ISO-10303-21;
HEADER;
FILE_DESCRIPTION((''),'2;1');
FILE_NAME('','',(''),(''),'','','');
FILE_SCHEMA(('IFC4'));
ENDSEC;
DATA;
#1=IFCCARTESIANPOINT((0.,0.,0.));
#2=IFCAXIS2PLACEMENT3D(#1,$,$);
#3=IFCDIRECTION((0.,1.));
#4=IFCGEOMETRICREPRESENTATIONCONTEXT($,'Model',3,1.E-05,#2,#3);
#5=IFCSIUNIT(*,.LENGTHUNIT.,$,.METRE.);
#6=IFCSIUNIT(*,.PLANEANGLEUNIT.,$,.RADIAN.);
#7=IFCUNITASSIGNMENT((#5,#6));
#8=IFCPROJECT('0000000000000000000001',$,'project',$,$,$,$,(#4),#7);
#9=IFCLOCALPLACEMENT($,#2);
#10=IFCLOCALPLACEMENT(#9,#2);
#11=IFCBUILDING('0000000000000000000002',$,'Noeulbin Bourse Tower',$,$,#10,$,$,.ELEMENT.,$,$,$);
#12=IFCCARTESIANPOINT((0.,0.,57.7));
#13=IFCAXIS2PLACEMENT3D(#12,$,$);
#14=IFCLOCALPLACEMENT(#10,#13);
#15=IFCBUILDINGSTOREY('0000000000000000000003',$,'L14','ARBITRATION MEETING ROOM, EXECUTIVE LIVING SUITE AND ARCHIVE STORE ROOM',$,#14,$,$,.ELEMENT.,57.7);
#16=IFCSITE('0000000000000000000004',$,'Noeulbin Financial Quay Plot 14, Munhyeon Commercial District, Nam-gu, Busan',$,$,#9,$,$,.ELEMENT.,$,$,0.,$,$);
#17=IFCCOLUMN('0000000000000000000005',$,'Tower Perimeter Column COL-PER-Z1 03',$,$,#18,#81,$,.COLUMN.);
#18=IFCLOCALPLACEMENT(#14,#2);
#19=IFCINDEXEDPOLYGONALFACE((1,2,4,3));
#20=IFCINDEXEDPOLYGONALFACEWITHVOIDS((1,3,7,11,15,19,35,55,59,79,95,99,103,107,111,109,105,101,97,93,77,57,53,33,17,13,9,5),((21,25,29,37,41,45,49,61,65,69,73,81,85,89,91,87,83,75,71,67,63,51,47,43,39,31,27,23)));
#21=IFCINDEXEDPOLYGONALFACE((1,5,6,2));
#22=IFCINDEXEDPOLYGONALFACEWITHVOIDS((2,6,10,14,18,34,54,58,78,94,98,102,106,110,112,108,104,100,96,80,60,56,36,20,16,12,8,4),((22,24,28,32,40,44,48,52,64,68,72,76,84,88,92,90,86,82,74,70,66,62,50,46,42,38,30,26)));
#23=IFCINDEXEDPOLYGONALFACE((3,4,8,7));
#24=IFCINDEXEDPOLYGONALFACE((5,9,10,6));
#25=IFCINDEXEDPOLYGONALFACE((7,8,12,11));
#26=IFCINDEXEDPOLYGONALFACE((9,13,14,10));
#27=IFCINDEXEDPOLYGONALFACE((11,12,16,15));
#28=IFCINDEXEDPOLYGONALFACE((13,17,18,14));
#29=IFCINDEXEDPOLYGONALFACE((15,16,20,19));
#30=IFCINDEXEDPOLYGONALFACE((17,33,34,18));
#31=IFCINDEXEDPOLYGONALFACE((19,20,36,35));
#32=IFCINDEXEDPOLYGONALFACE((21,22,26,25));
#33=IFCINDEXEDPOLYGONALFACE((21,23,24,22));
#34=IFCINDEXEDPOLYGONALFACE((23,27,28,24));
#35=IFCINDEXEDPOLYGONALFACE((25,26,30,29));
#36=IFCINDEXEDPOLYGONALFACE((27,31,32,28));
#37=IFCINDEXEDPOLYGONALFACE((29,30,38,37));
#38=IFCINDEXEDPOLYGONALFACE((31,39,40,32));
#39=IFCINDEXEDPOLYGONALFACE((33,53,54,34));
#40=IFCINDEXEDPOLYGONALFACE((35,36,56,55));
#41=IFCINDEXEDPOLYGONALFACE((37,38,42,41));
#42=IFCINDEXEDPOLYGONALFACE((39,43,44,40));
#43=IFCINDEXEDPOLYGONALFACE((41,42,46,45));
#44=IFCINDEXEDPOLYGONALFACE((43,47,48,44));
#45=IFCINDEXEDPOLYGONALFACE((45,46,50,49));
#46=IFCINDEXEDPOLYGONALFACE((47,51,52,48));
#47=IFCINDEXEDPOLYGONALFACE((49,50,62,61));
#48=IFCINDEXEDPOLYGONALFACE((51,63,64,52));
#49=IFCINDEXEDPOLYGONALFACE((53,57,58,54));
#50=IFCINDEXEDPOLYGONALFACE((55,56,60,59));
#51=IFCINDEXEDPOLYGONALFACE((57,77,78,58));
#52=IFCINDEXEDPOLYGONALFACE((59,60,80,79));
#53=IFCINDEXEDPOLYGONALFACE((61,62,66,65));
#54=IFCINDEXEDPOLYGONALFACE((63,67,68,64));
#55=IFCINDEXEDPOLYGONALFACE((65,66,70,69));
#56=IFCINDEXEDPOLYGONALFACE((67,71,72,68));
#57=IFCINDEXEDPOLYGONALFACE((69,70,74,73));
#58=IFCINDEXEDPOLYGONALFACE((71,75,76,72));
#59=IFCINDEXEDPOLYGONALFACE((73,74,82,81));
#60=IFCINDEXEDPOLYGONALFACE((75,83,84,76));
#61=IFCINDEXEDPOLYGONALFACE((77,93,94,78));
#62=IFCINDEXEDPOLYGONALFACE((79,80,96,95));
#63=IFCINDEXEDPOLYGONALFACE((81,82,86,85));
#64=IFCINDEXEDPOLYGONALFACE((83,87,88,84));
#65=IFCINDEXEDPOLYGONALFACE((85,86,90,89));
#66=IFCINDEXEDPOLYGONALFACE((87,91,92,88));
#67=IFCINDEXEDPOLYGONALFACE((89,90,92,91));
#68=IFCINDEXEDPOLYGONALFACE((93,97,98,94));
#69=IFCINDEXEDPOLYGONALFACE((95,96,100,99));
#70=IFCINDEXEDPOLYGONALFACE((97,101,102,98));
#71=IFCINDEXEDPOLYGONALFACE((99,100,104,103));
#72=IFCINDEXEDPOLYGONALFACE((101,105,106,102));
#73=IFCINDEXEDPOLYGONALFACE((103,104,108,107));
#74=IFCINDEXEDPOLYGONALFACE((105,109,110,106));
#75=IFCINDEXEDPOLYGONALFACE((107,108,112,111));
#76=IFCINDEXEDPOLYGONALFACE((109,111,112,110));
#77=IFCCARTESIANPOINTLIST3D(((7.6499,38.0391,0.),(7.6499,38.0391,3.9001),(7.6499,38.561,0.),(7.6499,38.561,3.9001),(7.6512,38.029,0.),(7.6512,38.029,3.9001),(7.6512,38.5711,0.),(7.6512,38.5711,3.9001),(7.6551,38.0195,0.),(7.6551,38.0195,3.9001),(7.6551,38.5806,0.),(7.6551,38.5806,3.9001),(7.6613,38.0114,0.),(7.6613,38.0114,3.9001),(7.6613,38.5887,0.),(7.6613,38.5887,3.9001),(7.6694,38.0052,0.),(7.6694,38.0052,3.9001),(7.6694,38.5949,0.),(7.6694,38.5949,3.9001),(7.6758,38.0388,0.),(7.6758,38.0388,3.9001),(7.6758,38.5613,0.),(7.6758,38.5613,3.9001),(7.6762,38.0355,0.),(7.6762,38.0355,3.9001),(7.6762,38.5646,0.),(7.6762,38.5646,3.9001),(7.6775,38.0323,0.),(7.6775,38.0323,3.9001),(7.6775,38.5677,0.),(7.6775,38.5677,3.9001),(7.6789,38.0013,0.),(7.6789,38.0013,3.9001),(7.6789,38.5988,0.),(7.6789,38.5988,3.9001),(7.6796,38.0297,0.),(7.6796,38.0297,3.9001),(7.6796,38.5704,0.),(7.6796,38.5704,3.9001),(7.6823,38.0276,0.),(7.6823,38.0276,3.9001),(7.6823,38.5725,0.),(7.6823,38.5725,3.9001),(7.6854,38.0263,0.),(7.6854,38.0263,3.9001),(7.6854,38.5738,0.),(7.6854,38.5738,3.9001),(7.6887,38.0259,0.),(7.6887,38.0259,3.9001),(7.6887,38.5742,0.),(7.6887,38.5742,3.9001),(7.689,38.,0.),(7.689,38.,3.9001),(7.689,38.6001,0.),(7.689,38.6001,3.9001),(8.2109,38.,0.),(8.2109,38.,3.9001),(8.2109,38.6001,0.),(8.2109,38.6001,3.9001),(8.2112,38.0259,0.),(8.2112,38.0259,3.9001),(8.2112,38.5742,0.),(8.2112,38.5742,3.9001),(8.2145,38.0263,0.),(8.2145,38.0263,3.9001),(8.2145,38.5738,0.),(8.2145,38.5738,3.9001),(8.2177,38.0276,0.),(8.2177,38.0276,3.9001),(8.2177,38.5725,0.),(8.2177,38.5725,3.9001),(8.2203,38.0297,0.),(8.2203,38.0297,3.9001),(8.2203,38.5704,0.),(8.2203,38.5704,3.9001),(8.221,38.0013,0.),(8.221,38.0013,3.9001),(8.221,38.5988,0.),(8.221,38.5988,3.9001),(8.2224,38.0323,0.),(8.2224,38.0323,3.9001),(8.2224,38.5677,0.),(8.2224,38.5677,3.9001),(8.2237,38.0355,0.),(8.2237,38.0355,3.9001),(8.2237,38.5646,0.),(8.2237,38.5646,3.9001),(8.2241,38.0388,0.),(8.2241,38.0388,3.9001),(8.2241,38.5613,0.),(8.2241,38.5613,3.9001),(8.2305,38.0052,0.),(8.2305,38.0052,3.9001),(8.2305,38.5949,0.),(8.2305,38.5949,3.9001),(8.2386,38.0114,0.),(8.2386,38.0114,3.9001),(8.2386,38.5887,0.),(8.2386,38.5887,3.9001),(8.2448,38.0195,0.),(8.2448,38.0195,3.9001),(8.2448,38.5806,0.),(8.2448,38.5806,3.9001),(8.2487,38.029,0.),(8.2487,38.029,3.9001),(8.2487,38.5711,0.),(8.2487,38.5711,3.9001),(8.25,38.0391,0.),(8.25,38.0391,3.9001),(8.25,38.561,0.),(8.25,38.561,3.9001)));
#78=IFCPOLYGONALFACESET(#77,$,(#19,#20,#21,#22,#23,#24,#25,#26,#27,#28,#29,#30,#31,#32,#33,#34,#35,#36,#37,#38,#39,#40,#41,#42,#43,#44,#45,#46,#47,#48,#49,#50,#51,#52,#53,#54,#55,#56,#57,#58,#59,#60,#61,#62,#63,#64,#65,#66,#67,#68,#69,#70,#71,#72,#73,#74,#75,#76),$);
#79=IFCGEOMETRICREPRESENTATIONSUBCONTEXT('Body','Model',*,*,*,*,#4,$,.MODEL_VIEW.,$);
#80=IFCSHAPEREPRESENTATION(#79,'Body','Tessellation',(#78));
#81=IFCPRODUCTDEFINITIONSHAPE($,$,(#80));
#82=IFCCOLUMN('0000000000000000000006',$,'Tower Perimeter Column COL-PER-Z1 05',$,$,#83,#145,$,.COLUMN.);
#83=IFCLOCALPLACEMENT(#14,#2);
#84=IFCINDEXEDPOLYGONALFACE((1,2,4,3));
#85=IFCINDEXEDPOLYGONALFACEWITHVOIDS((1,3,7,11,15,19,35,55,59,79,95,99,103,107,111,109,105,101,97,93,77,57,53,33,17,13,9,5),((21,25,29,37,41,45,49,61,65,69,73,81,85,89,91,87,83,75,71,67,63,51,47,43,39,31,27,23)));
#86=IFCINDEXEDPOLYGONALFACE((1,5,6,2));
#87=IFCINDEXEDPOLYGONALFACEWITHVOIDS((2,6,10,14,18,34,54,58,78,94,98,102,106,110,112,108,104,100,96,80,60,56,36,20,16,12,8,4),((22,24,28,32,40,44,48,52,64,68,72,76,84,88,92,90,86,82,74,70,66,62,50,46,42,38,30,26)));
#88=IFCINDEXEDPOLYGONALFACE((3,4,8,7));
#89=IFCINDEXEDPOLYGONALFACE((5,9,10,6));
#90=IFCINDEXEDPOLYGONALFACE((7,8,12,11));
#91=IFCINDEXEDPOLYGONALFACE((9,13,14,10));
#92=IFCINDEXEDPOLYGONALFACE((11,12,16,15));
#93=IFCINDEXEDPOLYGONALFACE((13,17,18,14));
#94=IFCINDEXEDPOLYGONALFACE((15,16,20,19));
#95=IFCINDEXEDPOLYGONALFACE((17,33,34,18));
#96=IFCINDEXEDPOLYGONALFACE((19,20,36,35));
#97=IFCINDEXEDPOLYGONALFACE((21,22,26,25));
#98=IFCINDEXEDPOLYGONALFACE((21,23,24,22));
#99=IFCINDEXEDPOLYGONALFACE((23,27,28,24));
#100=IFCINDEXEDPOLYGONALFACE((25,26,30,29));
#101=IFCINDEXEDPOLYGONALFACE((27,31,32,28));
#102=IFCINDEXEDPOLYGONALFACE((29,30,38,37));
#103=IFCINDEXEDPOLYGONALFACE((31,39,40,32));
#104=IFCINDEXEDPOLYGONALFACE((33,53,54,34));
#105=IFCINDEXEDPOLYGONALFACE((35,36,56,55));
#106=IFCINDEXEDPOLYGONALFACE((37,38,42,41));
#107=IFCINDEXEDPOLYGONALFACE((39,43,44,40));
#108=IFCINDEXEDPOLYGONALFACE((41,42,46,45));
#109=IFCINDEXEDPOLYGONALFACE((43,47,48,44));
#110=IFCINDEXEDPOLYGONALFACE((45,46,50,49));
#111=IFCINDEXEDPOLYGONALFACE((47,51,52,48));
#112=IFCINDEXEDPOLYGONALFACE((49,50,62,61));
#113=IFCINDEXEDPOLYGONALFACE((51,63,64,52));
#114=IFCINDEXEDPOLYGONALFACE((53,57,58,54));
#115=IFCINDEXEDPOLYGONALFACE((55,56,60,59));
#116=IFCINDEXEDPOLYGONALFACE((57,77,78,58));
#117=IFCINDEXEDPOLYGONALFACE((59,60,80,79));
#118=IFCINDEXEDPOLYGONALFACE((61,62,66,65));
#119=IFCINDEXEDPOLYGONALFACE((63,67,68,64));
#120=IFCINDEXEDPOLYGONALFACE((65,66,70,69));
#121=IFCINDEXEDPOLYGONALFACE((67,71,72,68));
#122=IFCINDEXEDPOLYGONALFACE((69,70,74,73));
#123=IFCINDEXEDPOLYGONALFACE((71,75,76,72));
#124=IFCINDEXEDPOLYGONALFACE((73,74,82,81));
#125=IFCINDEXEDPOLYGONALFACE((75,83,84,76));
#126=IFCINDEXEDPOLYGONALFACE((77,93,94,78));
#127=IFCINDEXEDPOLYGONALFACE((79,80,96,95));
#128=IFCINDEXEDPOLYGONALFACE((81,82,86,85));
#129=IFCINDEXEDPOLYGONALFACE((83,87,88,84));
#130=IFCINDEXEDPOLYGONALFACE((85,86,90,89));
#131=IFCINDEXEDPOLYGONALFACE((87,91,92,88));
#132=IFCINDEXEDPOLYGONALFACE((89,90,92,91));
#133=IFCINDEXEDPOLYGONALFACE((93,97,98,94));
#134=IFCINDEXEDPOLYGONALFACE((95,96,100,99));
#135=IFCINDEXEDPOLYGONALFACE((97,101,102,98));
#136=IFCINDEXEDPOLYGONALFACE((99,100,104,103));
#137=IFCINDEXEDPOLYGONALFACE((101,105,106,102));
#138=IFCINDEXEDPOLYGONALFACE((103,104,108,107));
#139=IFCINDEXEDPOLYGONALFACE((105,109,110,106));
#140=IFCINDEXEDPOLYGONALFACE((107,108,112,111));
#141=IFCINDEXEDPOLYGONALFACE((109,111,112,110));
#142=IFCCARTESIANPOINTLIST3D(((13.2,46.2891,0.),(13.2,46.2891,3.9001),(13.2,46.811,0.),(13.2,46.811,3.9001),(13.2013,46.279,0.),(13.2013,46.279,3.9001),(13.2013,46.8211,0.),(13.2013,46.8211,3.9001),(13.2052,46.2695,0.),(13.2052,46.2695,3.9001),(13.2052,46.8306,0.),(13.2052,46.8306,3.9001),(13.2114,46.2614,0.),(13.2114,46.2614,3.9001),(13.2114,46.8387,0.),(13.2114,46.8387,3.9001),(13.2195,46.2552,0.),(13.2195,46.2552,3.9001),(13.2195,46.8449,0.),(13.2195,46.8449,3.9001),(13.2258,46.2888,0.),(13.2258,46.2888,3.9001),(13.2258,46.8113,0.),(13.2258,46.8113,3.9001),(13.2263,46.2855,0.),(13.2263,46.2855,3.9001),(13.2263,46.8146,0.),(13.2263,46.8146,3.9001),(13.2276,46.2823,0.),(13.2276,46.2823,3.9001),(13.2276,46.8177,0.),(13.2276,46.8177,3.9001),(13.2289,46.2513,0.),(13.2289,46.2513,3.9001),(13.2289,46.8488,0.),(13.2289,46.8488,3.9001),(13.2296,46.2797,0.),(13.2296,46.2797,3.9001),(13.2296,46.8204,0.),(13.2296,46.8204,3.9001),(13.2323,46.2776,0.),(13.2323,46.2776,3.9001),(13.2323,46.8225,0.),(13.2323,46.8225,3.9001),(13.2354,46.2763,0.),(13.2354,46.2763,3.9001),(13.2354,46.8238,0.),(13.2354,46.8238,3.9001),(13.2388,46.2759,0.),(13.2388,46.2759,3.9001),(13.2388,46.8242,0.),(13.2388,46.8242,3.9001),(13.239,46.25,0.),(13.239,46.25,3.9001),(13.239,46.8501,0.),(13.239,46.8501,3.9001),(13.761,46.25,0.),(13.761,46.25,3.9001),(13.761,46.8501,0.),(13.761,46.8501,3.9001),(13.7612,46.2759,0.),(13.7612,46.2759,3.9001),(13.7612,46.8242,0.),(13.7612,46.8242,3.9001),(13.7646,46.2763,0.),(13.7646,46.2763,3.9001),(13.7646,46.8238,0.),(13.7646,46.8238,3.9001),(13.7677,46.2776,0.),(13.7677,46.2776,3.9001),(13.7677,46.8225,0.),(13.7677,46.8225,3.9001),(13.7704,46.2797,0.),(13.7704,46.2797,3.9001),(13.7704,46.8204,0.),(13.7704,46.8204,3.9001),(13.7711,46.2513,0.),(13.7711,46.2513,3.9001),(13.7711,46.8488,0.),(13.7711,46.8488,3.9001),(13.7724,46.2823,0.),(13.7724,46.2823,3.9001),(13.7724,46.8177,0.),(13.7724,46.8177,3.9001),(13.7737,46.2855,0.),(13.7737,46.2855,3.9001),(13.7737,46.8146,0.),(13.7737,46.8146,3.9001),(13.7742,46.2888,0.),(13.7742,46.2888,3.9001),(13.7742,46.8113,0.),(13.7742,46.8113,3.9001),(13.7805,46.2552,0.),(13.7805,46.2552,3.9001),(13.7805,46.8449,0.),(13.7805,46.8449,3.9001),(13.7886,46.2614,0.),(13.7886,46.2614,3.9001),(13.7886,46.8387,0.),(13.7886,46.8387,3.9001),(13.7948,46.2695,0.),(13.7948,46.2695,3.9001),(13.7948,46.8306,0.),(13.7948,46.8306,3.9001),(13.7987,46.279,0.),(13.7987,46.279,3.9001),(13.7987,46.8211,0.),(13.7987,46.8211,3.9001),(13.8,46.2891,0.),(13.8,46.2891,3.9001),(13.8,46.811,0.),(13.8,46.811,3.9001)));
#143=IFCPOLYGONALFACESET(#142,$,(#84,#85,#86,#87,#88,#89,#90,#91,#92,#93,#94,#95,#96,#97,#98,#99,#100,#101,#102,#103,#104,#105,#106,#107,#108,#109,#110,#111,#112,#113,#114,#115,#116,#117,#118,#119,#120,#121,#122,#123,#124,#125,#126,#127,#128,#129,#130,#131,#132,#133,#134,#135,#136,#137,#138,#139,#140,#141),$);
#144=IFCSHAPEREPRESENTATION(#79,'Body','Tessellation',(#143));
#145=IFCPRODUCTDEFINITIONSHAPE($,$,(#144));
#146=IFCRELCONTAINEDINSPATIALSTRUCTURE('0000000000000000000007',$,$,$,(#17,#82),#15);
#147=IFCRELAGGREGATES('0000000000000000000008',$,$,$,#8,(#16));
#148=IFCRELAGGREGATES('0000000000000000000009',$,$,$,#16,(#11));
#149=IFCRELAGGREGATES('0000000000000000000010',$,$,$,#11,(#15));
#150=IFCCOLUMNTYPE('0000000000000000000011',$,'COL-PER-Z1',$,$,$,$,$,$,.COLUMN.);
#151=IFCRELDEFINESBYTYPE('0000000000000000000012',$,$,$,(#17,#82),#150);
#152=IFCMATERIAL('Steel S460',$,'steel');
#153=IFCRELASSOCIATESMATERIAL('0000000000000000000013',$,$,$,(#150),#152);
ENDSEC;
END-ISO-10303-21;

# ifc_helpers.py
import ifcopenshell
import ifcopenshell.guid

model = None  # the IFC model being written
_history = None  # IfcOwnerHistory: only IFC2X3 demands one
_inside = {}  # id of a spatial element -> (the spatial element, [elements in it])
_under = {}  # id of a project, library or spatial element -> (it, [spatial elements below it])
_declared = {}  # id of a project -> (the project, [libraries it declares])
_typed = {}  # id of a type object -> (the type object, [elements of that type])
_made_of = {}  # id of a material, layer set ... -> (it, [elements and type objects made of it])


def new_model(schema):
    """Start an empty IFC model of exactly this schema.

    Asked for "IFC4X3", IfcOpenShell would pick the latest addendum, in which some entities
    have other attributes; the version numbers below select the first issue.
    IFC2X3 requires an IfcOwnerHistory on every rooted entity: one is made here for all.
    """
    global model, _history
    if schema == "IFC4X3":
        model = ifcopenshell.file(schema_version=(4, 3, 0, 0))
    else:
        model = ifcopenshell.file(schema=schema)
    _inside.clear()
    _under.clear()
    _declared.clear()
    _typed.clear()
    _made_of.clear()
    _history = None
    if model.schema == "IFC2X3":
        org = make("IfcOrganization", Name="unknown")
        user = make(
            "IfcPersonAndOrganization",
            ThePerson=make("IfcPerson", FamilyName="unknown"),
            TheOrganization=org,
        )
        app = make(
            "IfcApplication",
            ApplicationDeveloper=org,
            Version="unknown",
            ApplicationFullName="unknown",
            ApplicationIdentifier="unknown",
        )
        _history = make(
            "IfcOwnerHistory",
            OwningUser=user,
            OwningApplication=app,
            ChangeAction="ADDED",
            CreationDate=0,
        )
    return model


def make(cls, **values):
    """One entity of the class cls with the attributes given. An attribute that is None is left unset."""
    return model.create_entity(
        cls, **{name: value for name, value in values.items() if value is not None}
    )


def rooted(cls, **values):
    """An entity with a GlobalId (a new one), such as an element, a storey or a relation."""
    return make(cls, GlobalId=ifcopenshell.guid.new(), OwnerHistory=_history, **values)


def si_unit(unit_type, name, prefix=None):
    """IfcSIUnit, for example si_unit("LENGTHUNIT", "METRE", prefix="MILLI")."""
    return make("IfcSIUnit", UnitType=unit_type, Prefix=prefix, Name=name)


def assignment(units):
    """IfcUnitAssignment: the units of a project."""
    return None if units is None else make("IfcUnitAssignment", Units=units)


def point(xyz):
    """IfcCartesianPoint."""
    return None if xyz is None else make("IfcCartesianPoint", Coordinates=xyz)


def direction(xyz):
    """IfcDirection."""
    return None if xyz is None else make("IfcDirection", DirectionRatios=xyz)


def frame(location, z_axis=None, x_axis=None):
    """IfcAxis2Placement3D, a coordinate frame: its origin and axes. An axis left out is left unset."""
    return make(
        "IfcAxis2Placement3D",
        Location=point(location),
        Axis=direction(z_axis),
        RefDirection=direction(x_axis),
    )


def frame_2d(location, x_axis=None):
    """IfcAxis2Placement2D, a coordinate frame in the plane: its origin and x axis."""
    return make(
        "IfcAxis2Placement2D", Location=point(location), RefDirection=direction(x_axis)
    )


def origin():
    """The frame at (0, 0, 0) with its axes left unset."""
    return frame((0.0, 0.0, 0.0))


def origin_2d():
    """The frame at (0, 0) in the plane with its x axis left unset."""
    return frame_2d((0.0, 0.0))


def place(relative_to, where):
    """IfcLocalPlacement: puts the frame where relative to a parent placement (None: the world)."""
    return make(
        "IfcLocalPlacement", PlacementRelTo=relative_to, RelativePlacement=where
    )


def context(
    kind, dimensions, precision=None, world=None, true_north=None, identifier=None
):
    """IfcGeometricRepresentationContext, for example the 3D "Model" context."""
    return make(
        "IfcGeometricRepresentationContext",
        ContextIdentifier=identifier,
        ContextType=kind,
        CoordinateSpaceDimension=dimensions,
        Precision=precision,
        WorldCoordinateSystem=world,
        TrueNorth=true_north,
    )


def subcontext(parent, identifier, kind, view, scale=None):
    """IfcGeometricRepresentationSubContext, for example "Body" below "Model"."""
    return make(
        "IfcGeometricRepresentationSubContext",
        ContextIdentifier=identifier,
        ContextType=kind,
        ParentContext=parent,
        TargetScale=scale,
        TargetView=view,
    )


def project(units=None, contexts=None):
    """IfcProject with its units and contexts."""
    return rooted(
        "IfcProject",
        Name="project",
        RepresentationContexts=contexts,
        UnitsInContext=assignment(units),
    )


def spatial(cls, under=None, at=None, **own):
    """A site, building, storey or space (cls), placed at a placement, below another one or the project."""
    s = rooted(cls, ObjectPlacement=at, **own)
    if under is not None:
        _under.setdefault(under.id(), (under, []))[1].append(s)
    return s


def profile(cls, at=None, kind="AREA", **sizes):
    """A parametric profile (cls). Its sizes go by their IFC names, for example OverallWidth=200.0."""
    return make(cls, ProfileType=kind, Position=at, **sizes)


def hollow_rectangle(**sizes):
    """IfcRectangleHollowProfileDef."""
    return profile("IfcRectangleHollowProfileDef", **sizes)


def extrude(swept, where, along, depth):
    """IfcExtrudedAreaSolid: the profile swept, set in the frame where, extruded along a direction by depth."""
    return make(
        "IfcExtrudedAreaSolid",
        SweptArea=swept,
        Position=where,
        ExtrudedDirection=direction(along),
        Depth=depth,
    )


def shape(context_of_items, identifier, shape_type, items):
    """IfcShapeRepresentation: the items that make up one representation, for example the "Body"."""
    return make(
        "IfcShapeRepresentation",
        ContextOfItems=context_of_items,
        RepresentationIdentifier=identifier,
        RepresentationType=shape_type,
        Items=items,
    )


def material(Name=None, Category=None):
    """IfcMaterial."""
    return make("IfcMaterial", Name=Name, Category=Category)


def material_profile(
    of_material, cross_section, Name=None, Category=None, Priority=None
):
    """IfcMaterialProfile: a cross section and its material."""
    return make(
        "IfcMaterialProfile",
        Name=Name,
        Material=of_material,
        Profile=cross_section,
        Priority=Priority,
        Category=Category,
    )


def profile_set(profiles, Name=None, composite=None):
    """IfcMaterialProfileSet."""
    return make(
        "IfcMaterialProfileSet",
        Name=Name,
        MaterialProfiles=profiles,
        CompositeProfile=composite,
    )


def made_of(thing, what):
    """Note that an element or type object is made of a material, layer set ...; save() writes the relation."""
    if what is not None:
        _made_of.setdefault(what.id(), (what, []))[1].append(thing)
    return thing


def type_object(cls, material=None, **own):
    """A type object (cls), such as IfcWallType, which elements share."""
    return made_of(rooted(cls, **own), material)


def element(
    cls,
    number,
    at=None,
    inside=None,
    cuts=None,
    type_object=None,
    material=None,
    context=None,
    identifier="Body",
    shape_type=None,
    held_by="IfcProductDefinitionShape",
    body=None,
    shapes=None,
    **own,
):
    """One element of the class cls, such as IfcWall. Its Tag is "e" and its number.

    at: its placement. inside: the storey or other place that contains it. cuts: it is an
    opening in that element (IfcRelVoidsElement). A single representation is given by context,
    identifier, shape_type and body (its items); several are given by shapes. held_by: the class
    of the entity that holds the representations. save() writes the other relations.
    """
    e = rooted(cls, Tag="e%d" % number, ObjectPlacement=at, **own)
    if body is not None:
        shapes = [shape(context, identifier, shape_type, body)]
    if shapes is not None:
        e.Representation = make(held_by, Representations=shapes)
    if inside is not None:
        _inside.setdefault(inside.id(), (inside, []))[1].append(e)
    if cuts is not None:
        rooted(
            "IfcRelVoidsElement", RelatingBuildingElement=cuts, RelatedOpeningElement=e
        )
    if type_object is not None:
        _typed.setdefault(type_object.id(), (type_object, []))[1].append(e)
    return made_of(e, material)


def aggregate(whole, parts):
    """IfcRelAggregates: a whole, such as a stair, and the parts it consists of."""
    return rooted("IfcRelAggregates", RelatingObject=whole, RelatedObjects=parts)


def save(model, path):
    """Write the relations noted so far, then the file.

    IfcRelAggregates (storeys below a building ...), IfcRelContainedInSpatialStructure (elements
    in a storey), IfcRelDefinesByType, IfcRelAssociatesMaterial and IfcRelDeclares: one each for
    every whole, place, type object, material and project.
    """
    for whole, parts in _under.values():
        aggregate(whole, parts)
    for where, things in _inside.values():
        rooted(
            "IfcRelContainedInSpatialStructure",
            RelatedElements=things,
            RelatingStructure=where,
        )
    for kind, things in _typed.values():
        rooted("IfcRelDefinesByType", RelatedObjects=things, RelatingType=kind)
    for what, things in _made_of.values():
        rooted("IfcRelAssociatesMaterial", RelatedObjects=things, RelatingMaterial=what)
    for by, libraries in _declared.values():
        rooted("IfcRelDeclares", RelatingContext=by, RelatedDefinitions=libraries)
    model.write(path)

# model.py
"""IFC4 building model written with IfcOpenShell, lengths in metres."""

from ifc_helpers import new_model, si_unit, direction, frame, origin, origin_2d, place, context, subcontext, project, spatial, hollow_rectangle, extrude, material, material_profile, profile_set, type_object, element, save


model = new_model("IFC4")

# Units and contexts
model_context = context("Model", 3, precision=1e-05, world=origin(), true_north=direction((0.0, 1.0)))
body_context = subcontext(model_context, "Body", "Model", "MODEL_VIEW")
ifc_project = project(units=[si_unit("LENGTHUNIT", "METRE"), si_unit("PLANEANGLEUNIT", "RADIAN")], contexts=[model_context])

# Site, building, storey
site_placement = place(None, origin())
site = spatial("IfcSite", under=ifc_project, at=site_placement, Name="Noeulbin Financial Quay Plot 14, Munhyeon Commercial District, Nam-gu, Busan", CompositionType="ELEMENT", RefElevation=0.0)
building_placement = place(site_placement, origin())
building = spatial("IfcBuilding", under=site, at=building_placement, Name="Noeulbin Bourse Tower", CompositionType="ELEMENT")
storey_placement = place(building_placement, frame((0.0, 0.0, 57.7)))
storey = spatial("IfcBuildingStorey", under=building, at=storey_placement, Name="L14", Description="ARBITRATION MEETING ROOM, EXECUTIVE LIVING SUITE AND ARCHIVE STORE ROOM", CompositionType="ELEMENT", Elevation=57.7)

# Columns
ifc_material_1 = material(Name="Steel S460", Category="steel")
ifc_material_profile_1 = material_profile(ifc_material_1, hollow_rectangle(XDim=0.6001, YDim=0.6001, WallThickness=0.0259, InnerFilletRadius=0.0129, OuterFilletRadius=0.0391, at=origin_2d()), Name="BOX-600x600x26", Category="LoadBearing")
ifc_profile_set_1 = profile_set([ifc_material_profile_1], Name="Steel S460")
column_type_1 = type_object("IfcColumnType", Name="COL-PER-Z1", PredefinedType="COLUMN", material=ifc_profile_set_1)
for number, where, z_axis, x_axis, name in (
    (1, (7.95, 38.3, 0.0), (0.0, 0.0, 1.0), (1.0, 0.0, 0.0), "Tower Perimeter Column COL-PER-Z1 03"),
    (2, (13.5, 46.55, 0.0), (0.0, 0.0, 1.0), (1.0, 0.0, 0.0), "Tower Perimeter Column COL-PER-Z1 05"),
):
    element("IfcColumn", number, at=place(storey_placement, frame(where, z_axis=z_axis, x_axis=x_axis)), inside=storey, type_object=column_type_1, Name=name, PredefinedType="COLUMN", context=body_context, shape_type="SweptSolid", body=[
        extrude(hollow_rectangle(XDim=0.6001, YDim=0.6001, WallThickness=0.0259, InnerFilletRadius=0.0129, OuterFilletRadius=0.0391, at=origin_2d()), origin(), (0.0, 0.0, 1.0), 3.9001),
    ])

save(model, "model.ifc")
